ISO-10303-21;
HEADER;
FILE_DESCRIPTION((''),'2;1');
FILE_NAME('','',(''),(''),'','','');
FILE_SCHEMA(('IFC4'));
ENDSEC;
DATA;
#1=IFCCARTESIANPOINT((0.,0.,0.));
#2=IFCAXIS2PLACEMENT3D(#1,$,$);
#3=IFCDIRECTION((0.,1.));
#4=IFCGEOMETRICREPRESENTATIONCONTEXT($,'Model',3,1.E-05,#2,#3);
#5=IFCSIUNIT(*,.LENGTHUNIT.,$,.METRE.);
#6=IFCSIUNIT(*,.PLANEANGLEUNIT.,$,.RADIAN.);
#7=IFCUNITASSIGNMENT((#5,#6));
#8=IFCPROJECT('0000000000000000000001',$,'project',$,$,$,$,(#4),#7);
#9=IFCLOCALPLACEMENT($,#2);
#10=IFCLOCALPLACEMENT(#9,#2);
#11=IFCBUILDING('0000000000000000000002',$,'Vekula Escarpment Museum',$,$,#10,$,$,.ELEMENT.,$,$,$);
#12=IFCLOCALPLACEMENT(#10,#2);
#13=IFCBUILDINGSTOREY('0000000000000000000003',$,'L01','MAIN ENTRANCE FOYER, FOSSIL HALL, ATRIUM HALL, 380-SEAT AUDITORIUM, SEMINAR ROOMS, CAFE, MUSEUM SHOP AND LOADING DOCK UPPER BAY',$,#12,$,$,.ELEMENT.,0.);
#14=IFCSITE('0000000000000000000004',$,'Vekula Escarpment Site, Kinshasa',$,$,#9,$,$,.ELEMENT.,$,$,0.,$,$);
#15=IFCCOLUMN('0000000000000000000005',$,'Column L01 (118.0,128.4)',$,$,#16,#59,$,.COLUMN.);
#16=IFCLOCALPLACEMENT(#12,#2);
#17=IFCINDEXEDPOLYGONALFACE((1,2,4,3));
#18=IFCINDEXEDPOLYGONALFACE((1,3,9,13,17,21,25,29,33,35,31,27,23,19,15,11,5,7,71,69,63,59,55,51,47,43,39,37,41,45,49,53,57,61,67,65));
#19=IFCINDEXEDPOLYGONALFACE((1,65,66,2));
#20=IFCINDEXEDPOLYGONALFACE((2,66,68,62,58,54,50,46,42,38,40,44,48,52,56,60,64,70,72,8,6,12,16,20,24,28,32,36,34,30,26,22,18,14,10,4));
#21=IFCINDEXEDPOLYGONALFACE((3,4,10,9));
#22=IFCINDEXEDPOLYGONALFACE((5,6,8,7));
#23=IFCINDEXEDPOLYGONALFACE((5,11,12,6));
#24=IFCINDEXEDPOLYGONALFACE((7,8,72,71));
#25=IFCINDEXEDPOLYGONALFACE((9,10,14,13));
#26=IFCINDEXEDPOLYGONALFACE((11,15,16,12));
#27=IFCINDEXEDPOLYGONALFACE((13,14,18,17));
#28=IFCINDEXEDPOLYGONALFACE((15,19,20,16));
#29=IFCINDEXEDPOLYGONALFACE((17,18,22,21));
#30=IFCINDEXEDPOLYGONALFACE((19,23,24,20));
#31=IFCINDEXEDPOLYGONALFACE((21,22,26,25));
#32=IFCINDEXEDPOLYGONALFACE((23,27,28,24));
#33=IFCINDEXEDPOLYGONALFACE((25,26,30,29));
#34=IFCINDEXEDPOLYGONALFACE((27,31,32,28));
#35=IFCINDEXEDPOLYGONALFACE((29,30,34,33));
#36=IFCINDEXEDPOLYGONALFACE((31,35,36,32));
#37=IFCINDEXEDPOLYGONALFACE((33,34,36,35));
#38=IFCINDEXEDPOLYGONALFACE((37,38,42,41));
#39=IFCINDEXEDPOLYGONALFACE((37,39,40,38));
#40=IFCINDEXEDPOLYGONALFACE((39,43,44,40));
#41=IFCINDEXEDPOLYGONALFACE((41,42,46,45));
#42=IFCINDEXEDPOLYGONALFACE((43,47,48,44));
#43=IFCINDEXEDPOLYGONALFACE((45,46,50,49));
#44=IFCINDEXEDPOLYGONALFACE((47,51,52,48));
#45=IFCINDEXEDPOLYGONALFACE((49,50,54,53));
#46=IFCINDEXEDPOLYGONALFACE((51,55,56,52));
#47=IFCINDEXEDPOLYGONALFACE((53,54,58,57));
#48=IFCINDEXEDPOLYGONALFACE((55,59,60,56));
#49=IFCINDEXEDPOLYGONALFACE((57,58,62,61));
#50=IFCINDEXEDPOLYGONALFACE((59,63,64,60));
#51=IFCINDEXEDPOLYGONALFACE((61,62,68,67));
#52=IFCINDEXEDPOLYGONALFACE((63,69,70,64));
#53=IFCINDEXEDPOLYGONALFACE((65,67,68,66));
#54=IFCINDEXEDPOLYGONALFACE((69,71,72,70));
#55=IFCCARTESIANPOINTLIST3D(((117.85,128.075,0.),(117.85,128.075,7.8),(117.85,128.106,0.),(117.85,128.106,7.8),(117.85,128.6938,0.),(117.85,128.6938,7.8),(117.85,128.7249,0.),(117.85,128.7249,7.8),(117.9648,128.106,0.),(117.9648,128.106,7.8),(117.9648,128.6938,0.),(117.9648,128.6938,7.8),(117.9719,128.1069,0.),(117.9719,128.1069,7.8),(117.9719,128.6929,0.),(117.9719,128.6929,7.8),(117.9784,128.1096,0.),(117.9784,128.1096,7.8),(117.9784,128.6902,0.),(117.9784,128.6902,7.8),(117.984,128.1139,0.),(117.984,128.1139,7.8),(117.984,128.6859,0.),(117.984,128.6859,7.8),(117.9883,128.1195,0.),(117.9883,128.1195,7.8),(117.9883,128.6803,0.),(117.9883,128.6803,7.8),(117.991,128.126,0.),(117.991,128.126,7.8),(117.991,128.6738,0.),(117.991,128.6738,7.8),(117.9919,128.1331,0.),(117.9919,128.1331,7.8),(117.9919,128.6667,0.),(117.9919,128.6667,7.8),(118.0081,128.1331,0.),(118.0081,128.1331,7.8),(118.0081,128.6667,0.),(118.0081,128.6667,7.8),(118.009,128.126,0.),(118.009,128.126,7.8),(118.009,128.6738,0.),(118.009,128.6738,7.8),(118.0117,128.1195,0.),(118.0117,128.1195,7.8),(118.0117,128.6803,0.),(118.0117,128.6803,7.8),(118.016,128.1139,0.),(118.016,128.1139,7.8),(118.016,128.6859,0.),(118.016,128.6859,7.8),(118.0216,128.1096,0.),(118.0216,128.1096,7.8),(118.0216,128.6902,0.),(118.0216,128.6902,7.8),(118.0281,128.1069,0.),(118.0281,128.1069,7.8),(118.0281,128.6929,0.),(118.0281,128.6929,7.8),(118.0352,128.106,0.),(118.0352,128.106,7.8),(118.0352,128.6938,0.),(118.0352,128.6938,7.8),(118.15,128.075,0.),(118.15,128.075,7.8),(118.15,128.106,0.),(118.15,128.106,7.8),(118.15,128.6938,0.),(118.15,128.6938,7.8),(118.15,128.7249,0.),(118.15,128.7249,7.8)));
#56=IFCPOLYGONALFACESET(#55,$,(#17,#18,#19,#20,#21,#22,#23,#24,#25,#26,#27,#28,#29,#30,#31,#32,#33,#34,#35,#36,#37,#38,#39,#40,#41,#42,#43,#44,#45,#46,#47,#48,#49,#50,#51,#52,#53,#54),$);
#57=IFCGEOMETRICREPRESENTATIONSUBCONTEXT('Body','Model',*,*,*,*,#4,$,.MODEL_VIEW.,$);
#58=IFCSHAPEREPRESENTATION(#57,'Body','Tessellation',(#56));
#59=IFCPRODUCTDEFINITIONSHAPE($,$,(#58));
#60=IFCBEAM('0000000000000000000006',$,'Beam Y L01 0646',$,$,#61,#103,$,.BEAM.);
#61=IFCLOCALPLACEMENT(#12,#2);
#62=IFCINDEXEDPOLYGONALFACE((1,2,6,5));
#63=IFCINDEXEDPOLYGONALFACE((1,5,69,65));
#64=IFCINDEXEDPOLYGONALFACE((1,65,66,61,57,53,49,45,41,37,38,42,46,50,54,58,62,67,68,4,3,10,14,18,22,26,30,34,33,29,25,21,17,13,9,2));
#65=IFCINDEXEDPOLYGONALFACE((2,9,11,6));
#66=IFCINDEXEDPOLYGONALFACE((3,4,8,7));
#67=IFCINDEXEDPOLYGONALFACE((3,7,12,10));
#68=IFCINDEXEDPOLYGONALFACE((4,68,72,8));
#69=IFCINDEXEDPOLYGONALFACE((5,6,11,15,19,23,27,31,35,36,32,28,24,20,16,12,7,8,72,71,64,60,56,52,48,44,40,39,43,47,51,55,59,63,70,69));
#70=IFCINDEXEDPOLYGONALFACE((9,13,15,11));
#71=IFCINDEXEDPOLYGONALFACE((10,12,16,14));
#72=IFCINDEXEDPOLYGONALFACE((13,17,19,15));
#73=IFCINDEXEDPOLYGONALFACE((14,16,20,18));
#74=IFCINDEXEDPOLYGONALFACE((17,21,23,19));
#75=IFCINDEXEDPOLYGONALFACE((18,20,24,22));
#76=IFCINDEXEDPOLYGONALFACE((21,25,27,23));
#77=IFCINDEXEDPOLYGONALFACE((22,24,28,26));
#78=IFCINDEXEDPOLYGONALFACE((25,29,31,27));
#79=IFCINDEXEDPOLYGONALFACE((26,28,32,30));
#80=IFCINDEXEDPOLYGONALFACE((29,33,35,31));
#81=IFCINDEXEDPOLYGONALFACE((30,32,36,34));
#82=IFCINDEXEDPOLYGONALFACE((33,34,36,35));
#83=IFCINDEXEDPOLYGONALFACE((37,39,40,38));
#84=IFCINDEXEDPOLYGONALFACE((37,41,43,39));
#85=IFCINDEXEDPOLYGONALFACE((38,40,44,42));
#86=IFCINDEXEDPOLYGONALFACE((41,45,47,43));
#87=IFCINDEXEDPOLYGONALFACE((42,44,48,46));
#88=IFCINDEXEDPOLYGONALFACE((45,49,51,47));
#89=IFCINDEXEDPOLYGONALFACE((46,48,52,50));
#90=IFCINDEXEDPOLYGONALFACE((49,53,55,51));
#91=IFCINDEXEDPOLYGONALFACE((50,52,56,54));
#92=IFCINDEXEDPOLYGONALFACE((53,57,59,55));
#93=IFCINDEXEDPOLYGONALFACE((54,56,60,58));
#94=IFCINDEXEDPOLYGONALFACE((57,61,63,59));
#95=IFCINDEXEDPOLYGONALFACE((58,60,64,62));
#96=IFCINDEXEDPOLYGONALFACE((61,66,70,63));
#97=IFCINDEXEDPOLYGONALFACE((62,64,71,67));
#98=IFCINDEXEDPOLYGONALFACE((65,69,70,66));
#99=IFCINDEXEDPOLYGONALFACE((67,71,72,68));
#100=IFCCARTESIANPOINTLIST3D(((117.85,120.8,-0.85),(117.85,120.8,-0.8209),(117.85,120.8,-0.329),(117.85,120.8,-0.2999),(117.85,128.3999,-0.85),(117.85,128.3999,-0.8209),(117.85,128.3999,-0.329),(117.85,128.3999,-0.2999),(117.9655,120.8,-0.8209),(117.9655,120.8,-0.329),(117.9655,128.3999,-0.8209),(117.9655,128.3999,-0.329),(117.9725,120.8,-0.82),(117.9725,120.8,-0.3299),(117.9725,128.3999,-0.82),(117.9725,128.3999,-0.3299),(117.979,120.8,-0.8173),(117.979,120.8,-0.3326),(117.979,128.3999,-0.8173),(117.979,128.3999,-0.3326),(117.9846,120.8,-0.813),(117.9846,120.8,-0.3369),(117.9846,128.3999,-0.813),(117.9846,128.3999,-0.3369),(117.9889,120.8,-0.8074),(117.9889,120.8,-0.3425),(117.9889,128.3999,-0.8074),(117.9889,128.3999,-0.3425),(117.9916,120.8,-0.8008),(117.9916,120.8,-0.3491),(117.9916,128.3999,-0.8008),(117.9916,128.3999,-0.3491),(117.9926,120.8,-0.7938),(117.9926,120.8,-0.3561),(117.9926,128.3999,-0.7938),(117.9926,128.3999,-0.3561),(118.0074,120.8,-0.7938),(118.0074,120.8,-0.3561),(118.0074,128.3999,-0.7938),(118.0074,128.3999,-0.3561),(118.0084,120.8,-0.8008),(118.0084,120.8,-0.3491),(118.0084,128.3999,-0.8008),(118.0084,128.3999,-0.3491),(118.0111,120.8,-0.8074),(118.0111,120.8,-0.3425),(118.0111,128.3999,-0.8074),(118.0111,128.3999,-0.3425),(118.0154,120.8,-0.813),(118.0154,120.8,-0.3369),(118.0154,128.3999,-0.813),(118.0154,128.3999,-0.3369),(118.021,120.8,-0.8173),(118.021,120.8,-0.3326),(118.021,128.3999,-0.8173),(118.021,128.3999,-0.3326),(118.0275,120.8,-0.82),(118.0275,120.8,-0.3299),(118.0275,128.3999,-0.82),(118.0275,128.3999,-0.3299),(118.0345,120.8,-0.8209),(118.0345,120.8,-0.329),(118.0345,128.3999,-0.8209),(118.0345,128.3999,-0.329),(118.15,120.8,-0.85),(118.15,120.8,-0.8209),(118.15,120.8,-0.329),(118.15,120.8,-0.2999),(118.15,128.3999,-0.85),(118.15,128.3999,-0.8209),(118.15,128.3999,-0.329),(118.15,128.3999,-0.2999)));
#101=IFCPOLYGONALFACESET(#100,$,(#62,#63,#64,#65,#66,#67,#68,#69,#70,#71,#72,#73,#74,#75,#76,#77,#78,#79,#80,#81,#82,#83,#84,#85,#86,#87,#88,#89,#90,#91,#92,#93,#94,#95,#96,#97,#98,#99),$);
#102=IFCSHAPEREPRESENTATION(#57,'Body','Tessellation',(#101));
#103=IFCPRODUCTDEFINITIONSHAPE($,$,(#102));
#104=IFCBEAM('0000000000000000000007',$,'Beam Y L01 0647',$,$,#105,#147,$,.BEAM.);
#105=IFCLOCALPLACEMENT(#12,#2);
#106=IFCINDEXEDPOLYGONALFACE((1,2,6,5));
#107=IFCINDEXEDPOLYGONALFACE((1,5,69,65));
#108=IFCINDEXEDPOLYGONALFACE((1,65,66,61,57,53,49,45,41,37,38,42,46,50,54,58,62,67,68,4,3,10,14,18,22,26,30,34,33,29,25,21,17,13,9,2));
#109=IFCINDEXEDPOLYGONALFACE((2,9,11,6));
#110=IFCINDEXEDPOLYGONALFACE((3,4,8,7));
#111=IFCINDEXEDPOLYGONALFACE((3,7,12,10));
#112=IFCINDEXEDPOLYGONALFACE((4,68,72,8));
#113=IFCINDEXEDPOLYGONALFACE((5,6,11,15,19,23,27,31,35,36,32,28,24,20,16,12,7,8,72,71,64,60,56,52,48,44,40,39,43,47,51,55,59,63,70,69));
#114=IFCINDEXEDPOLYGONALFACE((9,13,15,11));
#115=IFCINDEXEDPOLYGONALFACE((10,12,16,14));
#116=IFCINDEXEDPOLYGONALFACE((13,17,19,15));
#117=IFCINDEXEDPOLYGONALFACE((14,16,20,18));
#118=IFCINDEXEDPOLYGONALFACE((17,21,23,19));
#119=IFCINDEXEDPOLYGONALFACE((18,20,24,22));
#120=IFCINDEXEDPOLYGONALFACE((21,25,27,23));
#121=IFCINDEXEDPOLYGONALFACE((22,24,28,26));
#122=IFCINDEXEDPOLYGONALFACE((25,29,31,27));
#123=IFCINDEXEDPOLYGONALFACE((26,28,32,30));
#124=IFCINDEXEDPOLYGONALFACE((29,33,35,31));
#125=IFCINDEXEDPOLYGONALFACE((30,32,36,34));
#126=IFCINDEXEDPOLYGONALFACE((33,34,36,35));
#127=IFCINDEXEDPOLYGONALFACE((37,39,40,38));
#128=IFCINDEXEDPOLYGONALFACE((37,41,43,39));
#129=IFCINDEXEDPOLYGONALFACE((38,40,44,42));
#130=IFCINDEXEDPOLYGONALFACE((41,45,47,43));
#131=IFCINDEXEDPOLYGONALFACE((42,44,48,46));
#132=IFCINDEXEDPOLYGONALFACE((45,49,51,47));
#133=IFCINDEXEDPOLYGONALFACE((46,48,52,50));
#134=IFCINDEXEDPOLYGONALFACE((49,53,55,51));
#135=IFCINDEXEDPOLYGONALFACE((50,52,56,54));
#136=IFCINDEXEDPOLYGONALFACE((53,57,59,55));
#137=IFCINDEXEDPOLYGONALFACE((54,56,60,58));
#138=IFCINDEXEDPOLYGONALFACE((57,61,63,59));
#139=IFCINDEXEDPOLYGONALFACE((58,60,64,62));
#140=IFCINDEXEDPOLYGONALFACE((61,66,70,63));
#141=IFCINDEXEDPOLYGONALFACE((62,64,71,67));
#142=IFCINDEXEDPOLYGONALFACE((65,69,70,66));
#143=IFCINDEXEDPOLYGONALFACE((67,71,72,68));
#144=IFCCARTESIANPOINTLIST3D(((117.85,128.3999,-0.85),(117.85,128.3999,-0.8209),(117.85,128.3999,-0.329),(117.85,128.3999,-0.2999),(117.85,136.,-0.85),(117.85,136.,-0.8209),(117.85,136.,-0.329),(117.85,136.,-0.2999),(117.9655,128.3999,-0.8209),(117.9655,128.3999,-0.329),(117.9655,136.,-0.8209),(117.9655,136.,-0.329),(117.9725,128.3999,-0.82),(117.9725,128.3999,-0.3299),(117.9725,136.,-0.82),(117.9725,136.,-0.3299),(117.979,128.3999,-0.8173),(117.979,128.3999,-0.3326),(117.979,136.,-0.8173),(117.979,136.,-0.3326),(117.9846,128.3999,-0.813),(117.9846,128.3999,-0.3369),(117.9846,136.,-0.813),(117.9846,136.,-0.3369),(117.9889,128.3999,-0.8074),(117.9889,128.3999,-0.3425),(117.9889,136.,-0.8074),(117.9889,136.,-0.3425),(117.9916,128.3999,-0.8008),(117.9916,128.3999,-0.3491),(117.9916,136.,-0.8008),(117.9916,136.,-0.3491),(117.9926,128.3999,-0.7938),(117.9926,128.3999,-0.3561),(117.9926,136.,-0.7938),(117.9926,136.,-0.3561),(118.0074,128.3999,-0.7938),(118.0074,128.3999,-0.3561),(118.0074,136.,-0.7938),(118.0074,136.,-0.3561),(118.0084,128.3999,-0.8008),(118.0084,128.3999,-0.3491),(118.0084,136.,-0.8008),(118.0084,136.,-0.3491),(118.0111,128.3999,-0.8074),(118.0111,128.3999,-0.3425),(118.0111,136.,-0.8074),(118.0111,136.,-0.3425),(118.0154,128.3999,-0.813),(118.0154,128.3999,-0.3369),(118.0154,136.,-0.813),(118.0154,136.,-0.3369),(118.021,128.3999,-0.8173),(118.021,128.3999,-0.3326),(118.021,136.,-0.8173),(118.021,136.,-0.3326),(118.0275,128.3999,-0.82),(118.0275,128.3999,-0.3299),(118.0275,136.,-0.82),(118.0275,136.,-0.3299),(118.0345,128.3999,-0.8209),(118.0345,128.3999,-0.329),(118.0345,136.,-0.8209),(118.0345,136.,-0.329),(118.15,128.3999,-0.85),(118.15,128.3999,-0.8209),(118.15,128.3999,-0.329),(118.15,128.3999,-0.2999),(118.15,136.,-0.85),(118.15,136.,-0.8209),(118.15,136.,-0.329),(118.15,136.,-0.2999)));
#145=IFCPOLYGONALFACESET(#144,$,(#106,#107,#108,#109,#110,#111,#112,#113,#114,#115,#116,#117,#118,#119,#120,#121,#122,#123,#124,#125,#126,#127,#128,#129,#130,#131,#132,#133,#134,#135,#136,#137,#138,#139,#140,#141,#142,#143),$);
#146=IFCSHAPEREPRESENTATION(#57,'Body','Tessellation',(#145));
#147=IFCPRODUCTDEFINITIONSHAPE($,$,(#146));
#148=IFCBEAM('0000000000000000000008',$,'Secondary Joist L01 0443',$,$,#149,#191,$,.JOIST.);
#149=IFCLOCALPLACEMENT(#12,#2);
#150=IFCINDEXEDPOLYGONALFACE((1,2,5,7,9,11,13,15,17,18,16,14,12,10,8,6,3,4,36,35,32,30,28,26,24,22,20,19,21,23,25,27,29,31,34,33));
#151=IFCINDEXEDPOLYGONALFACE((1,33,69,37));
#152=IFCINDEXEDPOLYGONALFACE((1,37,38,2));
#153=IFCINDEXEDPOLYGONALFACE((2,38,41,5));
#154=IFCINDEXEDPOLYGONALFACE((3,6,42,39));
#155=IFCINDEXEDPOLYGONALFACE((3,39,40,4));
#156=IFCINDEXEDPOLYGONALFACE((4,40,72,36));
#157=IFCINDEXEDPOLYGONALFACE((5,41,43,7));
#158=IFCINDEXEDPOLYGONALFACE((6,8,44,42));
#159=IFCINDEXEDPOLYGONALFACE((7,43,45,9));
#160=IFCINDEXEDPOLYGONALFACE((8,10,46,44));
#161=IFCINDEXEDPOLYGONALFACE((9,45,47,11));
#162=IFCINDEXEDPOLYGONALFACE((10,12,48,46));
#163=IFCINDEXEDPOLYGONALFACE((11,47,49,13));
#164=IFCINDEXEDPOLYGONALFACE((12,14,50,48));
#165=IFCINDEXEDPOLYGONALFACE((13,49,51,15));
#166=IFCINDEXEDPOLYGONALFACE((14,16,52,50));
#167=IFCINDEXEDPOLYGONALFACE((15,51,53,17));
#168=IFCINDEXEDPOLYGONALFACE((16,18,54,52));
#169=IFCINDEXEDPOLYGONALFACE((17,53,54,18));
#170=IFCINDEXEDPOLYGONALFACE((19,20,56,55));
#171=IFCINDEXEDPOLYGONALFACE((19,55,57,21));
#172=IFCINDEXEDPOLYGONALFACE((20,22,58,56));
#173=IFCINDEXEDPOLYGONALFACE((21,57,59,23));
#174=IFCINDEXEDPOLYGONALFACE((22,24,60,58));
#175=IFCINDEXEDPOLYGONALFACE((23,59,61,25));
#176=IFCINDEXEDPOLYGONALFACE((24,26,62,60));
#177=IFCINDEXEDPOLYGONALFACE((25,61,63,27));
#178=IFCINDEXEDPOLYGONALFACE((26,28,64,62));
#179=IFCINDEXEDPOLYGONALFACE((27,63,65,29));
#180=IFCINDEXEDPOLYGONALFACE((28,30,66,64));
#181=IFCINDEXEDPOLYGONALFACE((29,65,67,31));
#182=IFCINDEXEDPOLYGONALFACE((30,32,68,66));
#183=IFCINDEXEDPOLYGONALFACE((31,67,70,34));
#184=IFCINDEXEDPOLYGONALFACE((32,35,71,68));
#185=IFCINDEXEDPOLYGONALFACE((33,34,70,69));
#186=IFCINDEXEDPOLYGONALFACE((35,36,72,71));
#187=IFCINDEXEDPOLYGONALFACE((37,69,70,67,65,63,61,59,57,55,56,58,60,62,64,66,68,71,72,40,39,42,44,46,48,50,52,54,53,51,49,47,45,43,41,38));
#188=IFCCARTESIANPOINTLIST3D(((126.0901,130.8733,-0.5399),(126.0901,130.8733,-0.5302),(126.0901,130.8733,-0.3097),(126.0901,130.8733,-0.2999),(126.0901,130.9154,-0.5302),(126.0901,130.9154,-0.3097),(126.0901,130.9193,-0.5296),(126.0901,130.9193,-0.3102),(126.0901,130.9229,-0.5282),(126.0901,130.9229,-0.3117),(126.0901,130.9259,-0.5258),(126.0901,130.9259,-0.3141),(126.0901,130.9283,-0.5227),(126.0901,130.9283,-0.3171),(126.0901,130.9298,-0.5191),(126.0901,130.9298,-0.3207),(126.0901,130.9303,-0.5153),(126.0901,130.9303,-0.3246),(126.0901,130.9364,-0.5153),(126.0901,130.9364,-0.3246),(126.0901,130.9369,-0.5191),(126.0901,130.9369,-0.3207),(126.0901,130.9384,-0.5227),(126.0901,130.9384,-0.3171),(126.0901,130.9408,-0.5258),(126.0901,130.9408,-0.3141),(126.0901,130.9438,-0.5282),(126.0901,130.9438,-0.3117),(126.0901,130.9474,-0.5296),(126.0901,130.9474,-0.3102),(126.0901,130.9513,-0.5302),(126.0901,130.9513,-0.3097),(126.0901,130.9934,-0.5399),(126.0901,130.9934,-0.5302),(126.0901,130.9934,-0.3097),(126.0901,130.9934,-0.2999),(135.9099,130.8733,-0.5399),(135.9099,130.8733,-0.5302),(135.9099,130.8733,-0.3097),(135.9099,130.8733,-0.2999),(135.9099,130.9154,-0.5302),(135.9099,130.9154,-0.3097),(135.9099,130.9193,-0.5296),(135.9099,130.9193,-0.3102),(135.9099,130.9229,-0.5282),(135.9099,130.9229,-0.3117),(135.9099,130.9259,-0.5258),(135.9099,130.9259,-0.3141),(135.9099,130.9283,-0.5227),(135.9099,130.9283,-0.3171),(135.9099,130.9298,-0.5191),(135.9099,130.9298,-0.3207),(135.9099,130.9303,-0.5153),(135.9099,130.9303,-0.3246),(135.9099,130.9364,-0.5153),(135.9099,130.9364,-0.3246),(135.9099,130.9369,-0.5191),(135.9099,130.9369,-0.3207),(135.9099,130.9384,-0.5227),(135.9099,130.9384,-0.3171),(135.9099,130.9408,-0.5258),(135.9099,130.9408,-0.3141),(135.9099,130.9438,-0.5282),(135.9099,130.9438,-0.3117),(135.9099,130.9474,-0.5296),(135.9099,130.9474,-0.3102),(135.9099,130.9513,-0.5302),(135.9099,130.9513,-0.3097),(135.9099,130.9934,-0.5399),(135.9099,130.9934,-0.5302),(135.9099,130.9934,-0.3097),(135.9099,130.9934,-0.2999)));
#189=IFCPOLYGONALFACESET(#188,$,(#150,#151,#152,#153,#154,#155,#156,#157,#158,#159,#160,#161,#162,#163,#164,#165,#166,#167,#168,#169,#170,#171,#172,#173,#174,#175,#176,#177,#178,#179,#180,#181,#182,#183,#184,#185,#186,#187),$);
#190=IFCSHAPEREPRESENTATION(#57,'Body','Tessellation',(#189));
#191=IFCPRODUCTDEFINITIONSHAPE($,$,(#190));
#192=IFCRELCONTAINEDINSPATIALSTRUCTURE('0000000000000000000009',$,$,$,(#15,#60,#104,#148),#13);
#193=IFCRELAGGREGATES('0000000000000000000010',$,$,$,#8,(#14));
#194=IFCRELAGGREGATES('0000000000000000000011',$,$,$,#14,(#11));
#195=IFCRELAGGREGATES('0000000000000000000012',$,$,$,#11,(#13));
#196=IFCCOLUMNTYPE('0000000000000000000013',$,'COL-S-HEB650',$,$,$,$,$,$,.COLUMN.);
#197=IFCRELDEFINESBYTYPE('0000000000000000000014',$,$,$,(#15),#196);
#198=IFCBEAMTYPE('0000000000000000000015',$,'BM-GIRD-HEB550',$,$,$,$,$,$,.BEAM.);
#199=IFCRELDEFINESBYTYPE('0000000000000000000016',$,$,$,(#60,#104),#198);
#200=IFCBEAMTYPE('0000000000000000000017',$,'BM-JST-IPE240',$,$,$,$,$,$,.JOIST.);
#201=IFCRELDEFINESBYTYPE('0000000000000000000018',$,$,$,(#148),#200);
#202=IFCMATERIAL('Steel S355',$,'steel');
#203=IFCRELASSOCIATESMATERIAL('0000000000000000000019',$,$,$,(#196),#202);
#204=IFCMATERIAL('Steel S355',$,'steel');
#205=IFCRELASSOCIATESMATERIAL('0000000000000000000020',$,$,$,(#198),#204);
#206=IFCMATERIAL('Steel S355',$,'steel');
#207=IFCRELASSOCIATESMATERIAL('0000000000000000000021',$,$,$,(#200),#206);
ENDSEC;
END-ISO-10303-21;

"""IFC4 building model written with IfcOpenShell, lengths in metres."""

from ifc_helpers import new_model, si_unit, direction, frame, origin, origin_2d, place, context, subcontext, project, spatial, i_section, extrude, material, material_profile, profile_set, type_object, element, save


model = new_model("IFC4")

# Units and contexts
model_context = context("Model", 3, precision=1e-05, world=origin(), true_north=direction((0.0, 1.0)))
body_context = subcontext(model_context, "Body", "Model", "MODEL_VIEW")
ifc_project = project(units=[si_unit("LENGTHUNIT", "METRE"), si_unit("PLANEANGLEUNIT", "RADIAN")], contexts=[model_context])

# Site, building, storey
site_placement = place(None, origin())
site = spatial("IfcSite", under=ifc_project, at=site_placement, Name="Vekula Escarpment Site, Kinshasa", CompositionType="ELEMENT", RefElevation=0.0)
building_placement = place(site_placement, origin())
building = spatial("IfcBuilding", under=site, at=building_placement, Name="Vekula Escarpment Museum", CompositionType="ELEMENT")
storey_placement = place(building_placement, origin())
storey = spatial("IfcBuildingStorey", under=building, at=storey_placement, Name="L01", Description="MAIN ENTRANCE FOYER, FOSSIL HALL, ATRIUM HALL, 380-SEAT AUDITORIUM, SEMINAR ROOMS, CAFE, MUSEUM SHOP AND LOADING DOCK UPPER BAY", CompositionType="ELEMENT", Elevation=0.0)

# Column
ifc_material_1 = material(Name="Steel S355", Category="steel")
ifc_material_profile_1 = material_profile(ifc_material_1, i_section(OverallWidth=0.3, OverallDepth=0.6499, WebThickness=0.0161, FlangeThickness=0.031, FilletRadius=0.0271, at=origin_2d()), Name="HEB 650")
ifc_profile_set_1 = profile_set([ifc_material_profile_1], Name="Steel S355")
column_type = type_object("IfcColumnType", Name="COL-S-HEB650", PredefinedType="COLUMN", material=ifc_profile_set_1)
column_placement = place(storey_placement, frame((118.0, 128.3999, 0.0), z_axis=(0.0, 0.0, 1.0), x_axis=(1.0, 0.0, 0.0)))
element("IfcColumn", 1, at=column_placement, inside=storey, type_object=column_type, Name="Column L01 (118.0,128.4)", PredefinedType="COLUMN", context=body_context, shape_type="SweptSolid", body=[
    extrude(i_section(OverallWidth=0.3, OverallDepth=0.6499, WebThickness=0.0161, FlangeThickness=0.031, FilletRadius=0.0271, at=origin_2d()), origin(), (0.0, 0.0, 1.0), 7.8),
])

# Beams
ifc_material_2 = material(Name="Steel S355", Category="steel")
ifc_material_profile_2 = material_profile(ifc_material_2, i_section(OverallWidth=0.3, OverallDepth=0.55, WebThickness=0.0149, FlangeThickness=0.0291, FilletRadius=0.0271, at=origin_2d()), Name="HEB 550")
ifc_profile_set_2 = profile_set([ifc_material_profile_2], Name="Steel S355")
beam_type_1 = type_object("IfcBeamType", Name="BM-GIRD-HEB550", PredefinedType="BEAM", material=ifc_profile_set_2)
beam_1_placement = place(storey_placement, frame((118.0, 120.8, -0.575), z_axis=(0.0, 1.0, 0.0), x_axis=(-1.0, 0.0, 0.0)))
element("IfcBeam", 2, at=beam_1_placement, inside=storey, type_object=beam_type_1, Name="Beam Y L01 0646", PredefinedType="BEAM", context=body_context, shape_type="SweptSolid", body=[
    extrude(i_section(OverallWidth=0.3, OverallDepth=0.55, WebThickness=0.0149, FlangeThickness=0.0291, FilletRadius=0.0271, at=origin_2d()), origin(), (0.0, 0.0, 1.0), 7.5999),
])
beam_2_placement = place(storey_placement, frame((118.0, 128.3999, -0.575), z_axis=(0.0, 1.0, 0.0), x_axis=(-1.0, 0.0, 0.0)))
element("IfcBeam", 3, at=beam_2_placement, inside=storey, type_object=beam_type_1, Name="Beam Y L01 0647", PredefinedType="BEAM", context=body_context, shape_type="SweptSolid", body=[
    extrude(i_section(OverallWidth=0.3, OverallDepth=0.55, WebThickness=0.0149, FlangeThickness=0.0291, FilletRadius=0.0271, at=origin_2d()), origin(), (0.0, 0.0, 1.0), 7.6001),
])
ifc_material_3 = material(Name="Steel S355", Category="steel")
ifc_material_profile_3 = material_profile(ifc_material_3, i_section(OverallWidth=0.1201, OverallDepth=0.24, WebThickness=0.0061, FlangeThickness=0.0098, FilletRadius=0.0149, at=origin_2d()), Name="IPE 240")
ifc_profile_set_3 = profile_set([ifc_material_profile_3], Name="Steel S355")
beam_type_2 = type_object("IfcBeamType", Name="BM-JST-IPE240", PredefinedType="JOIST", material=ifc_profile_set_3)
for number, where, z_axis, x_axis, name in (
    (4, (126.0901, 130.9333, -0.4199), (1.0, 0.0, 0.0), (0.0, 1.0, 0.0), "Secondary Joist L01 0443"),
):
    element("IfcBeam", number, at=place(storey_placement, frame(where, z_axis=z_axis, x_axis=x_axis)), inside=storey, type_object=beam_type_2, Name=name, PredefinedType="JOIST", context=body_context, shape_type="SweptSolid", body=[
        extrude(i_section(OverallWidth=0.1201, OverallDepth=0.24, WebThickness=0.0061, FlangeThickness=0.0098, FilletRadius=0.0149, at=origin_2d()), origin(), (0.0, 0.0, 1.0), 9.8198),
    ])

save(model, "model.ifc")
